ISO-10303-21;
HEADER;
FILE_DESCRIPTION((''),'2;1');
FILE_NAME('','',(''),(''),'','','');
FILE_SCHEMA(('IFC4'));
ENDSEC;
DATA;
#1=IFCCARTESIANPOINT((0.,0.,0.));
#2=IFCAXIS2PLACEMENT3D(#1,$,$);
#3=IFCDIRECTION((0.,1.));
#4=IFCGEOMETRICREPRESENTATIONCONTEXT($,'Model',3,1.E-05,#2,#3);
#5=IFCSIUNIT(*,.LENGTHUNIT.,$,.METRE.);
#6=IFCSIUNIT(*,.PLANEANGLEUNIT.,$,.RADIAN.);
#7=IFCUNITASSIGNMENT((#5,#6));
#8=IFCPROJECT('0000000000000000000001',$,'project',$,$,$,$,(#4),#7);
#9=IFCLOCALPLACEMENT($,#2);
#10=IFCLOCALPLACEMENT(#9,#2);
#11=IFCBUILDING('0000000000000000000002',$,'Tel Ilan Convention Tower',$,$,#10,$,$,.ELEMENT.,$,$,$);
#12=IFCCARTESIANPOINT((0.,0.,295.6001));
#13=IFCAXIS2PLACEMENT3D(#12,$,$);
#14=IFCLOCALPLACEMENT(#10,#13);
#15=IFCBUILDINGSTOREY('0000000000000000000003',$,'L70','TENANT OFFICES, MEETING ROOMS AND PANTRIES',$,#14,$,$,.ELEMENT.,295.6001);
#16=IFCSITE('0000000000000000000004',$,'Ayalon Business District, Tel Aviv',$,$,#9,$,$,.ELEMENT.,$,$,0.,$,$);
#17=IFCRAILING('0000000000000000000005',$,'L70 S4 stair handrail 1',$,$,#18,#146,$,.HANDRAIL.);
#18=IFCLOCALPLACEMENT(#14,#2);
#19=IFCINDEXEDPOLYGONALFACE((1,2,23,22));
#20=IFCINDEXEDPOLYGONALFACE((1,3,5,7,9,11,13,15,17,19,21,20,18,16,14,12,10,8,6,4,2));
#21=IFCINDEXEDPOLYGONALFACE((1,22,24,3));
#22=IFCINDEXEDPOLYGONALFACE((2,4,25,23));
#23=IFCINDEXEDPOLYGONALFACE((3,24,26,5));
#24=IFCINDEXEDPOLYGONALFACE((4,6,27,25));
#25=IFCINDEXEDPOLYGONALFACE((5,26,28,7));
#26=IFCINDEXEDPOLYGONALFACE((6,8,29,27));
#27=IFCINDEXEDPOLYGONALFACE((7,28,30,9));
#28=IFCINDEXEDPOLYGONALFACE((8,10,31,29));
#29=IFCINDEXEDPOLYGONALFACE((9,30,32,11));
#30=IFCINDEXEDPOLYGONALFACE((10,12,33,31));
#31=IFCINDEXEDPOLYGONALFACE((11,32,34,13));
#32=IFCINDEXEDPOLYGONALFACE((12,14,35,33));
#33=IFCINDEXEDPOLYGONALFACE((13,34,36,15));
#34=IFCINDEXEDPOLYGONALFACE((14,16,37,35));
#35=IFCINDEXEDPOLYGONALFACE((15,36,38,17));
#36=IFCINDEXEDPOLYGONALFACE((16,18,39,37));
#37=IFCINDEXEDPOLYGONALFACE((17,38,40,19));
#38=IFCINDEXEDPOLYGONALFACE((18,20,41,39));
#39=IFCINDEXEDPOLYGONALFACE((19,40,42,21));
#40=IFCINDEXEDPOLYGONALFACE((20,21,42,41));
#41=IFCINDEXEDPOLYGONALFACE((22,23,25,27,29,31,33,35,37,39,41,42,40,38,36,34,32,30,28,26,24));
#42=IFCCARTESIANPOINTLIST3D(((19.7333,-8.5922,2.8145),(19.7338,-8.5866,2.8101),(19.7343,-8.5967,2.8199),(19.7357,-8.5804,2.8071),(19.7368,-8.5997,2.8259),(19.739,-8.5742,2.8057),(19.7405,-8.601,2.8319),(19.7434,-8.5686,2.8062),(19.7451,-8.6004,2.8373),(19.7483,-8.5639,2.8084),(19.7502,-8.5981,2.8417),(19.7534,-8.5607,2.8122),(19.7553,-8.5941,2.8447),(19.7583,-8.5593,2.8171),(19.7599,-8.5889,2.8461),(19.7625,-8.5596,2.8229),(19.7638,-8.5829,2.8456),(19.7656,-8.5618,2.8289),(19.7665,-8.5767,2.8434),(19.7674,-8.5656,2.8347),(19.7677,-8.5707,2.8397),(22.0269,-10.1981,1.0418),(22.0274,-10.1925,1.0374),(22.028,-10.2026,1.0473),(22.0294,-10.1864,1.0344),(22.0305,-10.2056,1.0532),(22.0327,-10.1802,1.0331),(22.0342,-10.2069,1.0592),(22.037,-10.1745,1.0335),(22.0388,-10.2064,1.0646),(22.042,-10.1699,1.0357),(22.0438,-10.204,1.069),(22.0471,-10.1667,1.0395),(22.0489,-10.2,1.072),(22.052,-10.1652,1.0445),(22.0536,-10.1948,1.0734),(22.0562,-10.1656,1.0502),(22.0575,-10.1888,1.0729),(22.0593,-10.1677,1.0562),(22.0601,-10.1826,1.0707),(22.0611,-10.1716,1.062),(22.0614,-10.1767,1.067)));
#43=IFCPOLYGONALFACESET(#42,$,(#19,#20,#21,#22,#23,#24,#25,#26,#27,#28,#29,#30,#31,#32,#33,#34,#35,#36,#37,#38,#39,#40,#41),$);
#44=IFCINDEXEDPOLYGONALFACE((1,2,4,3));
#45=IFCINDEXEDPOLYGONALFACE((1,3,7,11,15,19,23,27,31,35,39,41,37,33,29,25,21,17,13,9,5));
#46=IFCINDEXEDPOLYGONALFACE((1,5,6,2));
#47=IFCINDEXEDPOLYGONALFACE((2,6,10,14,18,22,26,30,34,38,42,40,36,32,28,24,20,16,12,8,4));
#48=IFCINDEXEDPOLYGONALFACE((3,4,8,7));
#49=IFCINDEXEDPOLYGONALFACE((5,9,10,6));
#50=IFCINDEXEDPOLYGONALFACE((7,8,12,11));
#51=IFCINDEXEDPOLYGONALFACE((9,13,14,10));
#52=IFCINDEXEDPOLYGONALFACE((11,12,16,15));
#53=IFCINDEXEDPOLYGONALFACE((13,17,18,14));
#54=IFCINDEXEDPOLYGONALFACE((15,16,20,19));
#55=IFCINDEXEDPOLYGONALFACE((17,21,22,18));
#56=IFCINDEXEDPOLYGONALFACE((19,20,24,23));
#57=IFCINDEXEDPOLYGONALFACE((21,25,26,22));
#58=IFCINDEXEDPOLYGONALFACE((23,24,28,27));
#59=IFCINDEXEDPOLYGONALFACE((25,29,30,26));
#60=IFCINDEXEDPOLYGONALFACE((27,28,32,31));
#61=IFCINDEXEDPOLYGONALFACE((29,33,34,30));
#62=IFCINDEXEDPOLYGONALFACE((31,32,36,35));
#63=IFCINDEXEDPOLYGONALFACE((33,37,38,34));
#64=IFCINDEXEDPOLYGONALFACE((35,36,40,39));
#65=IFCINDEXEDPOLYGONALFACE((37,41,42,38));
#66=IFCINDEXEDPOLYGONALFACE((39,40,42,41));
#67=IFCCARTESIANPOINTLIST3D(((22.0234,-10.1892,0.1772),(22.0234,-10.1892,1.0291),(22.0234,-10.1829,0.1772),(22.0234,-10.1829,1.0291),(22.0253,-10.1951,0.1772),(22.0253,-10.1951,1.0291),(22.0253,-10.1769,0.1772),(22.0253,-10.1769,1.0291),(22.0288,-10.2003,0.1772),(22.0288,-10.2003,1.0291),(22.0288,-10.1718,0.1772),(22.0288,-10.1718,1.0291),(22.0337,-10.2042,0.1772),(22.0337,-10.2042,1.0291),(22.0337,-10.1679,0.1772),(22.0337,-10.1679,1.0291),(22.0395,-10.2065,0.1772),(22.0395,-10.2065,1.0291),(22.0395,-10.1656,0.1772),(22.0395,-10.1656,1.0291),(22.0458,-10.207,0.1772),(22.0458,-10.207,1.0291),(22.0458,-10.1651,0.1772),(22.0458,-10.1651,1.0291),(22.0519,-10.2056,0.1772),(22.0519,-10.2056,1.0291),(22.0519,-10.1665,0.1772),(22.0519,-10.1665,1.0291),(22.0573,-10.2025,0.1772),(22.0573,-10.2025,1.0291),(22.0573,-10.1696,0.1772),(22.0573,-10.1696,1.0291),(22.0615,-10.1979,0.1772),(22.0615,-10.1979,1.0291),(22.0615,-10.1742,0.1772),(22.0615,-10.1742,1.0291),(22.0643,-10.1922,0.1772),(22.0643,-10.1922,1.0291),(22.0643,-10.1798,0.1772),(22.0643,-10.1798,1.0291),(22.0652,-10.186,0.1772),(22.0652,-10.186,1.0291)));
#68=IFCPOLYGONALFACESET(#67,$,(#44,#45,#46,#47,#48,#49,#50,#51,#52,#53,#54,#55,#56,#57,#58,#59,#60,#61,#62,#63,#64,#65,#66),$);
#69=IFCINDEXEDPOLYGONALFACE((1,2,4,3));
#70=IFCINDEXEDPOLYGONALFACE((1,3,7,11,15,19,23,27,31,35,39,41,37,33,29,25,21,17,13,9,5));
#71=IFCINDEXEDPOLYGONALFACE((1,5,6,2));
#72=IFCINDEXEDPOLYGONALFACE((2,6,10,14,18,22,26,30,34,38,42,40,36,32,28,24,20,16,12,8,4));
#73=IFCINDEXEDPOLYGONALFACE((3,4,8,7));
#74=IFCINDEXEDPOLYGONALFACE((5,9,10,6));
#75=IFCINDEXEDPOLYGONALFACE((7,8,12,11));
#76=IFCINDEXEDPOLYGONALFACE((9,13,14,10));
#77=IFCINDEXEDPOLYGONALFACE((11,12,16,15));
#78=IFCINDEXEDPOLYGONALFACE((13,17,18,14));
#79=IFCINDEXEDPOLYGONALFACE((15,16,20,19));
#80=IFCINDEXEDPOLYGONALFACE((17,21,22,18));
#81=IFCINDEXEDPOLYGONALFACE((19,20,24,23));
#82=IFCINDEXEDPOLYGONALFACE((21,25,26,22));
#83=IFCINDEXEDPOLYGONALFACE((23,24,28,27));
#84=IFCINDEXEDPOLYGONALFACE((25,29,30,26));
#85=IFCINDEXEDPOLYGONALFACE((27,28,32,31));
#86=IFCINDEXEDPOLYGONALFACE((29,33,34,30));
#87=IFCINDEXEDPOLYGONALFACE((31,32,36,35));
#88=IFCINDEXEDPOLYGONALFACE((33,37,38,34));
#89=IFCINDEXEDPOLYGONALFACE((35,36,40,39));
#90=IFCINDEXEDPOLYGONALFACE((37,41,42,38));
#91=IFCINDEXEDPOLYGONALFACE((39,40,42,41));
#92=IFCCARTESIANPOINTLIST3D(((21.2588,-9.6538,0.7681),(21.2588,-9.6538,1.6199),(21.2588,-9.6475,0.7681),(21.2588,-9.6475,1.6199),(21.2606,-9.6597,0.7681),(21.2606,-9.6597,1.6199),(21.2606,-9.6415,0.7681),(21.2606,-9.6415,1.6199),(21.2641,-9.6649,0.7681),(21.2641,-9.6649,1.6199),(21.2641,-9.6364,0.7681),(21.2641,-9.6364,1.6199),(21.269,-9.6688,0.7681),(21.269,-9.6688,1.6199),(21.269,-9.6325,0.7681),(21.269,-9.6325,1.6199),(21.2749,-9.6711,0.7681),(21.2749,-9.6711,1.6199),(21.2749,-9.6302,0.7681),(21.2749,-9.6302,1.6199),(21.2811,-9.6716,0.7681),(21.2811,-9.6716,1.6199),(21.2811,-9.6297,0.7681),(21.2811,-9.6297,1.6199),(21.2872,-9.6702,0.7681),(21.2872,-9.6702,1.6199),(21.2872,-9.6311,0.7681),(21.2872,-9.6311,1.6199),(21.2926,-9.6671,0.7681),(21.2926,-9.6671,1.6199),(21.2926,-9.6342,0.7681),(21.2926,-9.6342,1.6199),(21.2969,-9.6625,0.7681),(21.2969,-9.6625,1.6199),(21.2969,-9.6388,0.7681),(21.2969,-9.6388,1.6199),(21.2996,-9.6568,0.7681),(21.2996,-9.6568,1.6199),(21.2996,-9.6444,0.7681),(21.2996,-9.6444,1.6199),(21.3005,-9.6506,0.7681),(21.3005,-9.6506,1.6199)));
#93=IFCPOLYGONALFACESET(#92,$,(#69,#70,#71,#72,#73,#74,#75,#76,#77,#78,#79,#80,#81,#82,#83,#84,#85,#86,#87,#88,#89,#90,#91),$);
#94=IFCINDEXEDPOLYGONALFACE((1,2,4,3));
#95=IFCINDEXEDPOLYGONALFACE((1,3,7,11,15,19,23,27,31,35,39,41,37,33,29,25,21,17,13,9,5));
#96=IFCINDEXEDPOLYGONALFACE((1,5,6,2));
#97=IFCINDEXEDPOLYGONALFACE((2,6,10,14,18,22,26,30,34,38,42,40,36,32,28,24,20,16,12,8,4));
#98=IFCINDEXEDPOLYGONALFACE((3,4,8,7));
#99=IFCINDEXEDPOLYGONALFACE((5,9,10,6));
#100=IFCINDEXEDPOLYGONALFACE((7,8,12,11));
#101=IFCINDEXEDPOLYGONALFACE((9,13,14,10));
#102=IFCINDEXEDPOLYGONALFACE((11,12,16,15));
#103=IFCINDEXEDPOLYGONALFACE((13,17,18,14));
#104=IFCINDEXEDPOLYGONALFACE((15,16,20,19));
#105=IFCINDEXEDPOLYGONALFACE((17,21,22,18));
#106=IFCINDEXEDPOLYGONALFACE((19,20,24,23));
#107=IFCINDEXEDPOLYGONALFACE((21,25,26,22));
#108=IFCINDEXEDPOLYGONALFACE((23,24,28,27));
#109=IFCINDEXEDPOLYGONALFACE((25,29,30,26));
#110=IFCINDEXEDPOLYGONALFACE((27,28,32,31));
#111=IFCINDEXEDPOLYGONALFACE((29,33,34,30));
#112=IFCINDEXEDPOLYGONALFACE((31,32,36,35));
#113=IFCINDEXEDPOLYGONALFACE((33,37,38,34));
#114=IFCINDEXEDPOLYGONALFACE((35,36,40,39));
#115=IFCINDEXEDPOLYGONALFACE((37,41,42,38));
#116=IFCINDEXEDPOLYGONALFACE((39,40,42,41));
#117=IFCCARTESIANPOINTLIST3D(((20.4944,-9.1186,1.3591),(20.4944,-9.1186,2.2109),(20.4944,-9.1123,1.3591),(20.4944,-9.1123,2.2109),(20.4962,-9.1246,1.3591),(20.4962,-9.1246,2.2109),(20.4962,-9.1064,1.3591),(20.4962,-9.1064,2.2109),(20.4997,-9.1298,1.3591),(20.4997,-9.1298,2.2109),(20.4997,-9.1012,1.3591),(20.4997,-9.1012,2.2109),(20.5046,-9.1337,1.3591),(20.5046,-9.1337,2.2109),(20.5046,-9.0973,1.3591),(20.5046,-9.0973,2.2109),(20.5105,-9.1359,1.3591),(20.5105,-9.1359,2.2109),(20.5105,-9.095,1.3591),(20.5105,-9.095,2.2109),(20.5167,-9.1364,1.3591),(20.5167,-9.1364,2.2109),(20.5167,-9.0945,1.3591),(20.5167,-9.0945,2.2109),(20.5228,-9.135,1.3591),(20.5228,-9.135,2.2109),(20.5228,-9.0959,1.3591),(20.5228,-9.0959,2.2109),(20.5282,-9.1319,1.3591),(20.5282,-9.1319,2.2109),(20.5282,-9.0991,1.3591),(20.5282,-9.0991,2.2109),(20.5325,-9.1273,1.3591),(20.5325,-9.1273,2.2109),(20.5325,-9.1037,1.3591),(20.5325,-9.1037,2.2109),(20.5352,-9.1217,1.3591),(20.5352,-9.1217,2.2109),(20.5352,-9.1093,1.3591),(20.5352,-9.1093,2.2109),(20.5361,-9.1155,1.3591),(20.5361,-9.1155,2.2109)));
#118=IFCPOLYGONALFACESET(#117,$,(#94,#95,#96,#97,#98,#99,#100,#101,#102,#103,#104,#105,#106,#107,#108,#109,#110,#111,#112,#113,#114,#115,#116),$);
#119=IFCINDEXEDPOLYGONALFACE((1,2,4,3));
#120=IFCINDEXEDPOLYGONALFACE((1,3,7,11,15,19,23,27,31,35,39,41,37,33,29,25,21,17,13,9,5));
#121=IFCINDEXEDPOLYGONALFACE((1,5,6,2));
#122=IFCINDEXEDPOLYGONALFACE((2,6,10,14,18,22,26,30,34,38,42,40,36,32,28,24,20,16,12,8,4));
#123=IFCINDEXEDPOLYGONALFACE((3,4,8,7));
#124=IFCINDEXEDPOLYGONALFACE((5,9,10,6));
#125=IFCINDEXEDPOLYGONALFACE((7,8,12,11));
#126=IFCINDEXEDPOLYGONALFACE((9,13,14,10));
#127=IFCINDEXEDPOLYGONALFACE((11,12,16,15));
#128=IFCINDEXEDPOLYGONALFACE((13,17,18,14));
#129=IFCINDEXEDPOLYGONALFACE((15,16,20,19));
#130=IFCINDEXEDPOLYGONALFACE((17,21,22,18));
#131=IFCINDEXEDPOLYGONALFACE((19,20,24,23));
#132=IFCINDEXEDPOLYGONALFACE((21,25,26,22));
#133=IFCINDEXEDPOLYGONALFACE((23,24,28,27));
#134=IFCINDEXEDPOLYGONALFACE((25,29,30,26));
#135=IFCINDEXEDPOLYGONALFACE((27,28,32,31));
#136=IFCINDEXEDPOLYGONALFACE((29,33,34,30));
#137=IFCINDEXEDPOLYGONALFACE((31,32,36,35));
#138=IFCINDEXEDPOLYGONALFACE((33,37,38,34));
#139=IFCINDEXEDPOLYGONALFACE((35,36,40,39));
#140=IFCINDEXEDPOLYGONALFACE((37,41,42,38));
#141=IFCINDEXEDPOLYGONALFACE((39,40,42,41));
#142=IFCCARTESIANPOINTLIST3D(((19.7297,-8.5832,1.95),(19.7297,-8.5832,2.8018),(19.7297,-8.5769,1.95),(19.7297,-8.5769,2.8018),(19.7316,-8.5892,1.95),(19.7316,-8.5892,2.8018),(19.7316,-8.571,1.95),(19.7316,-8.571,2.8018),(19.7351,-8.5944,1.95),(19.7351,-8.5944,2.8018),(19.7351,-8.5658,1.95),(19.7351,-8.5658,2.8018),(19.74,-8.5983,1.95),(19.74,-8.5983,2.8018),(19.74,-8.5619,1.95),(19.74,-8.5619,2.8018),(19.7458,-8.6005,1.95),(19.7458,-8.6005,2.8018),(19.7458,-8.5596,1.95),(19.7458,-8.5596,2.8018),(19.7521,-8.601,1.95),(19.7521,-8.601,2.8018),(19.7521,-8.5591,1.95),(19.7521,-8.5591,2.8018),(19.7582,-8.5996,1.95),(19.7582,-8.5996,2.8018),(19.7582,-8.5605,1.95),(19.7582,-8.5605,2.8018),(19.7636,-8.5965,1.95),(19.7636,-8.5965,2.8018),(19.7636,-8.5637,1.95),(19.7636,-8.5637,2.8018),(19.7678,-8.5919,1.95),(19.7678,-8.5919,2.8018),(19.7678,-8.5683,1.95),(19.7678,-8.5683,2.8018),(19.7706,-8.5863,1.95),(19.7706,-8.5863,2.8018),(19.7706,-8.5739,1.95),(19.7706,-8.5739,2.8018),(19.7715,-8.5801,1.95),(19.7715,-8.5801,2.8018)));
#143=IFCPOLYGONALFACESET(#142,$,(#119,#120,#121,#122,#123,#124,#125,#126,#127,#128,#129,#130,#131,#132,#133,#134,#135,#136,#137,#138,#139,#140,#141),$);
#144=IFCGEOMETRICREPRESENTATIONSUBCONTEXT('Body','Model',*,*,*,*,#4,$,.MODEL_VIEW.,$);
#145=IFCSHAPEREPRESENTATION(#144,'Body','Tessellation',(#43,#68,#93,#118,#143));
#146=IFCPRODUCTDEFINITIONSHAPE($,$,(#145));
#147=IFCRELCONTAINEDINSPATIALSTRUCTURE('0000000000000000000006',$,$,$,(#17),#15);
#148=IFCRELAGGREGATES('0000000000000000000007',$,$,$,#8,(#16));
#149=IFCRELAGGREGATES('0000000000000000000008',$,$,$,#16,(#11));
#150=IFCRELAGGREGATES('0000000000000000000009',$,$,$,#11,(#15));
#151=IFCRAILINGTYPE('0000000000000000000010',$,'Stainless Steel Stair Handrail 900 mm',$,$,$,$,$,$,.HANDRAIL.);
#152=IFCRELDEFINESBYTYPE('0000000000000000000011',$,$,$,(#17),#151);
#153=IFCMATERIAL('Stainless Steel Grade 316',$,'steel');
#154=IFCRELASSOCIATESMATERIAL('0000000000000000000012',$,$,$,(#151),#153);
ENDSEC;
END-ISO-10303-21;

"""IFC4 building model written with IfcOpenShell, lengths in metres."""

from ifc_helpers import new_model, si_unit, direction, frame, origin, origin_2d, place, context, subcontext, project, spatial, circle, extrude, material, type_object, element, save


model = new_model("IFC4")

# Units and contexts
model_context = context("Model", 3, precision=1e-05, world=origin(), true_north=direction((0.0, 1.0)))
body_context = subcontext(model_context, "Body", "Model", "MODEL_VIEW")
ifc_project = project(units=[si_unit("LENGTHUNIT", "METRE"), si_unit("PLANEANGLEUNIT", "RADIAN")], contexts=[model_context])

# Site, building, storey
site_placement = place(None, origin())
site = spatial("IfcSite", under=ifc_project, at=site_placement, Name="Ayalon Business District, Tel Aviv", CompositionType="ELEMENT", RefElevation=0.0)
building_placement = place(site_placement, origin())
building = spatial("IfcBuilding", under=site, at=building_placement, Name="Tel Ilan Convention Tower", CompositionType="ELEMENT")
storey_placement = place(building_placement, frame((0.0, 0.0, 295.6001)))
storey = spatial("IfcBuildingStorey", under=building, at=storey_placement, Name="L70", Description="TENANT OFFICES, MEETING ROOMS AND PANTRIES", CompositionType="ELEMENT", Elevation=295.6001)

# Railing
ifc_material_1 = material(Name="Stainless Steel Grade 316", Category="steel")
railing_type_1 = type_object("IfcRailingType", Name="Stainless Steel Stair Handrail 900 mm", PredefinedType="HANDRAIL", material=ifc_material_1)
for number, where, name in (
    (1, (22.0442, -10.186, 0.1772), "L70 S4 stair handrail 1"),
):
    element("IfcRailing", number, at=place(storey_placement, frame(where)), inside=storey, type_object=railing_type_1, Name=name, PredefinedType="HANDRAIL", context=body_context, shape_type="SweptSolid", body=[
        extrude(circle(Radius=0.0239, at=origin_2d()), frame((0.0, 0.0, 0.876), z_axis=(-0.692123, 0.484597, 0.534913), x_axis=(-0.57355, -0.81917, 0.0)), (0.0, 0.0, 1.0), 3.314),
        extrude(circle(Radius=0.021, at=origin_2d()), origin(), (0.0, 0.0, 1.0), 0.8518),
        extrude(circle(Radius=0.021, at=origin_2d()), frame((-0.7646, 0.5354, 0.5908)), (0.0, 0.0, 1.0), 0.8518),
        extrude(circle(Radius=0.021, at=origin_2d()), frame((-1.5291, 1.0706, 1.1819)), (0.0, 0.0, 1.0), 0.8518),
        extrude(circle(Radius=0.021, at=origin_2d()), frame((-2.2937, 1.606, 1.7727)), (0.0, 0.0, 1.0), 0.8518),
    ])

save(model, "model.ifc")
